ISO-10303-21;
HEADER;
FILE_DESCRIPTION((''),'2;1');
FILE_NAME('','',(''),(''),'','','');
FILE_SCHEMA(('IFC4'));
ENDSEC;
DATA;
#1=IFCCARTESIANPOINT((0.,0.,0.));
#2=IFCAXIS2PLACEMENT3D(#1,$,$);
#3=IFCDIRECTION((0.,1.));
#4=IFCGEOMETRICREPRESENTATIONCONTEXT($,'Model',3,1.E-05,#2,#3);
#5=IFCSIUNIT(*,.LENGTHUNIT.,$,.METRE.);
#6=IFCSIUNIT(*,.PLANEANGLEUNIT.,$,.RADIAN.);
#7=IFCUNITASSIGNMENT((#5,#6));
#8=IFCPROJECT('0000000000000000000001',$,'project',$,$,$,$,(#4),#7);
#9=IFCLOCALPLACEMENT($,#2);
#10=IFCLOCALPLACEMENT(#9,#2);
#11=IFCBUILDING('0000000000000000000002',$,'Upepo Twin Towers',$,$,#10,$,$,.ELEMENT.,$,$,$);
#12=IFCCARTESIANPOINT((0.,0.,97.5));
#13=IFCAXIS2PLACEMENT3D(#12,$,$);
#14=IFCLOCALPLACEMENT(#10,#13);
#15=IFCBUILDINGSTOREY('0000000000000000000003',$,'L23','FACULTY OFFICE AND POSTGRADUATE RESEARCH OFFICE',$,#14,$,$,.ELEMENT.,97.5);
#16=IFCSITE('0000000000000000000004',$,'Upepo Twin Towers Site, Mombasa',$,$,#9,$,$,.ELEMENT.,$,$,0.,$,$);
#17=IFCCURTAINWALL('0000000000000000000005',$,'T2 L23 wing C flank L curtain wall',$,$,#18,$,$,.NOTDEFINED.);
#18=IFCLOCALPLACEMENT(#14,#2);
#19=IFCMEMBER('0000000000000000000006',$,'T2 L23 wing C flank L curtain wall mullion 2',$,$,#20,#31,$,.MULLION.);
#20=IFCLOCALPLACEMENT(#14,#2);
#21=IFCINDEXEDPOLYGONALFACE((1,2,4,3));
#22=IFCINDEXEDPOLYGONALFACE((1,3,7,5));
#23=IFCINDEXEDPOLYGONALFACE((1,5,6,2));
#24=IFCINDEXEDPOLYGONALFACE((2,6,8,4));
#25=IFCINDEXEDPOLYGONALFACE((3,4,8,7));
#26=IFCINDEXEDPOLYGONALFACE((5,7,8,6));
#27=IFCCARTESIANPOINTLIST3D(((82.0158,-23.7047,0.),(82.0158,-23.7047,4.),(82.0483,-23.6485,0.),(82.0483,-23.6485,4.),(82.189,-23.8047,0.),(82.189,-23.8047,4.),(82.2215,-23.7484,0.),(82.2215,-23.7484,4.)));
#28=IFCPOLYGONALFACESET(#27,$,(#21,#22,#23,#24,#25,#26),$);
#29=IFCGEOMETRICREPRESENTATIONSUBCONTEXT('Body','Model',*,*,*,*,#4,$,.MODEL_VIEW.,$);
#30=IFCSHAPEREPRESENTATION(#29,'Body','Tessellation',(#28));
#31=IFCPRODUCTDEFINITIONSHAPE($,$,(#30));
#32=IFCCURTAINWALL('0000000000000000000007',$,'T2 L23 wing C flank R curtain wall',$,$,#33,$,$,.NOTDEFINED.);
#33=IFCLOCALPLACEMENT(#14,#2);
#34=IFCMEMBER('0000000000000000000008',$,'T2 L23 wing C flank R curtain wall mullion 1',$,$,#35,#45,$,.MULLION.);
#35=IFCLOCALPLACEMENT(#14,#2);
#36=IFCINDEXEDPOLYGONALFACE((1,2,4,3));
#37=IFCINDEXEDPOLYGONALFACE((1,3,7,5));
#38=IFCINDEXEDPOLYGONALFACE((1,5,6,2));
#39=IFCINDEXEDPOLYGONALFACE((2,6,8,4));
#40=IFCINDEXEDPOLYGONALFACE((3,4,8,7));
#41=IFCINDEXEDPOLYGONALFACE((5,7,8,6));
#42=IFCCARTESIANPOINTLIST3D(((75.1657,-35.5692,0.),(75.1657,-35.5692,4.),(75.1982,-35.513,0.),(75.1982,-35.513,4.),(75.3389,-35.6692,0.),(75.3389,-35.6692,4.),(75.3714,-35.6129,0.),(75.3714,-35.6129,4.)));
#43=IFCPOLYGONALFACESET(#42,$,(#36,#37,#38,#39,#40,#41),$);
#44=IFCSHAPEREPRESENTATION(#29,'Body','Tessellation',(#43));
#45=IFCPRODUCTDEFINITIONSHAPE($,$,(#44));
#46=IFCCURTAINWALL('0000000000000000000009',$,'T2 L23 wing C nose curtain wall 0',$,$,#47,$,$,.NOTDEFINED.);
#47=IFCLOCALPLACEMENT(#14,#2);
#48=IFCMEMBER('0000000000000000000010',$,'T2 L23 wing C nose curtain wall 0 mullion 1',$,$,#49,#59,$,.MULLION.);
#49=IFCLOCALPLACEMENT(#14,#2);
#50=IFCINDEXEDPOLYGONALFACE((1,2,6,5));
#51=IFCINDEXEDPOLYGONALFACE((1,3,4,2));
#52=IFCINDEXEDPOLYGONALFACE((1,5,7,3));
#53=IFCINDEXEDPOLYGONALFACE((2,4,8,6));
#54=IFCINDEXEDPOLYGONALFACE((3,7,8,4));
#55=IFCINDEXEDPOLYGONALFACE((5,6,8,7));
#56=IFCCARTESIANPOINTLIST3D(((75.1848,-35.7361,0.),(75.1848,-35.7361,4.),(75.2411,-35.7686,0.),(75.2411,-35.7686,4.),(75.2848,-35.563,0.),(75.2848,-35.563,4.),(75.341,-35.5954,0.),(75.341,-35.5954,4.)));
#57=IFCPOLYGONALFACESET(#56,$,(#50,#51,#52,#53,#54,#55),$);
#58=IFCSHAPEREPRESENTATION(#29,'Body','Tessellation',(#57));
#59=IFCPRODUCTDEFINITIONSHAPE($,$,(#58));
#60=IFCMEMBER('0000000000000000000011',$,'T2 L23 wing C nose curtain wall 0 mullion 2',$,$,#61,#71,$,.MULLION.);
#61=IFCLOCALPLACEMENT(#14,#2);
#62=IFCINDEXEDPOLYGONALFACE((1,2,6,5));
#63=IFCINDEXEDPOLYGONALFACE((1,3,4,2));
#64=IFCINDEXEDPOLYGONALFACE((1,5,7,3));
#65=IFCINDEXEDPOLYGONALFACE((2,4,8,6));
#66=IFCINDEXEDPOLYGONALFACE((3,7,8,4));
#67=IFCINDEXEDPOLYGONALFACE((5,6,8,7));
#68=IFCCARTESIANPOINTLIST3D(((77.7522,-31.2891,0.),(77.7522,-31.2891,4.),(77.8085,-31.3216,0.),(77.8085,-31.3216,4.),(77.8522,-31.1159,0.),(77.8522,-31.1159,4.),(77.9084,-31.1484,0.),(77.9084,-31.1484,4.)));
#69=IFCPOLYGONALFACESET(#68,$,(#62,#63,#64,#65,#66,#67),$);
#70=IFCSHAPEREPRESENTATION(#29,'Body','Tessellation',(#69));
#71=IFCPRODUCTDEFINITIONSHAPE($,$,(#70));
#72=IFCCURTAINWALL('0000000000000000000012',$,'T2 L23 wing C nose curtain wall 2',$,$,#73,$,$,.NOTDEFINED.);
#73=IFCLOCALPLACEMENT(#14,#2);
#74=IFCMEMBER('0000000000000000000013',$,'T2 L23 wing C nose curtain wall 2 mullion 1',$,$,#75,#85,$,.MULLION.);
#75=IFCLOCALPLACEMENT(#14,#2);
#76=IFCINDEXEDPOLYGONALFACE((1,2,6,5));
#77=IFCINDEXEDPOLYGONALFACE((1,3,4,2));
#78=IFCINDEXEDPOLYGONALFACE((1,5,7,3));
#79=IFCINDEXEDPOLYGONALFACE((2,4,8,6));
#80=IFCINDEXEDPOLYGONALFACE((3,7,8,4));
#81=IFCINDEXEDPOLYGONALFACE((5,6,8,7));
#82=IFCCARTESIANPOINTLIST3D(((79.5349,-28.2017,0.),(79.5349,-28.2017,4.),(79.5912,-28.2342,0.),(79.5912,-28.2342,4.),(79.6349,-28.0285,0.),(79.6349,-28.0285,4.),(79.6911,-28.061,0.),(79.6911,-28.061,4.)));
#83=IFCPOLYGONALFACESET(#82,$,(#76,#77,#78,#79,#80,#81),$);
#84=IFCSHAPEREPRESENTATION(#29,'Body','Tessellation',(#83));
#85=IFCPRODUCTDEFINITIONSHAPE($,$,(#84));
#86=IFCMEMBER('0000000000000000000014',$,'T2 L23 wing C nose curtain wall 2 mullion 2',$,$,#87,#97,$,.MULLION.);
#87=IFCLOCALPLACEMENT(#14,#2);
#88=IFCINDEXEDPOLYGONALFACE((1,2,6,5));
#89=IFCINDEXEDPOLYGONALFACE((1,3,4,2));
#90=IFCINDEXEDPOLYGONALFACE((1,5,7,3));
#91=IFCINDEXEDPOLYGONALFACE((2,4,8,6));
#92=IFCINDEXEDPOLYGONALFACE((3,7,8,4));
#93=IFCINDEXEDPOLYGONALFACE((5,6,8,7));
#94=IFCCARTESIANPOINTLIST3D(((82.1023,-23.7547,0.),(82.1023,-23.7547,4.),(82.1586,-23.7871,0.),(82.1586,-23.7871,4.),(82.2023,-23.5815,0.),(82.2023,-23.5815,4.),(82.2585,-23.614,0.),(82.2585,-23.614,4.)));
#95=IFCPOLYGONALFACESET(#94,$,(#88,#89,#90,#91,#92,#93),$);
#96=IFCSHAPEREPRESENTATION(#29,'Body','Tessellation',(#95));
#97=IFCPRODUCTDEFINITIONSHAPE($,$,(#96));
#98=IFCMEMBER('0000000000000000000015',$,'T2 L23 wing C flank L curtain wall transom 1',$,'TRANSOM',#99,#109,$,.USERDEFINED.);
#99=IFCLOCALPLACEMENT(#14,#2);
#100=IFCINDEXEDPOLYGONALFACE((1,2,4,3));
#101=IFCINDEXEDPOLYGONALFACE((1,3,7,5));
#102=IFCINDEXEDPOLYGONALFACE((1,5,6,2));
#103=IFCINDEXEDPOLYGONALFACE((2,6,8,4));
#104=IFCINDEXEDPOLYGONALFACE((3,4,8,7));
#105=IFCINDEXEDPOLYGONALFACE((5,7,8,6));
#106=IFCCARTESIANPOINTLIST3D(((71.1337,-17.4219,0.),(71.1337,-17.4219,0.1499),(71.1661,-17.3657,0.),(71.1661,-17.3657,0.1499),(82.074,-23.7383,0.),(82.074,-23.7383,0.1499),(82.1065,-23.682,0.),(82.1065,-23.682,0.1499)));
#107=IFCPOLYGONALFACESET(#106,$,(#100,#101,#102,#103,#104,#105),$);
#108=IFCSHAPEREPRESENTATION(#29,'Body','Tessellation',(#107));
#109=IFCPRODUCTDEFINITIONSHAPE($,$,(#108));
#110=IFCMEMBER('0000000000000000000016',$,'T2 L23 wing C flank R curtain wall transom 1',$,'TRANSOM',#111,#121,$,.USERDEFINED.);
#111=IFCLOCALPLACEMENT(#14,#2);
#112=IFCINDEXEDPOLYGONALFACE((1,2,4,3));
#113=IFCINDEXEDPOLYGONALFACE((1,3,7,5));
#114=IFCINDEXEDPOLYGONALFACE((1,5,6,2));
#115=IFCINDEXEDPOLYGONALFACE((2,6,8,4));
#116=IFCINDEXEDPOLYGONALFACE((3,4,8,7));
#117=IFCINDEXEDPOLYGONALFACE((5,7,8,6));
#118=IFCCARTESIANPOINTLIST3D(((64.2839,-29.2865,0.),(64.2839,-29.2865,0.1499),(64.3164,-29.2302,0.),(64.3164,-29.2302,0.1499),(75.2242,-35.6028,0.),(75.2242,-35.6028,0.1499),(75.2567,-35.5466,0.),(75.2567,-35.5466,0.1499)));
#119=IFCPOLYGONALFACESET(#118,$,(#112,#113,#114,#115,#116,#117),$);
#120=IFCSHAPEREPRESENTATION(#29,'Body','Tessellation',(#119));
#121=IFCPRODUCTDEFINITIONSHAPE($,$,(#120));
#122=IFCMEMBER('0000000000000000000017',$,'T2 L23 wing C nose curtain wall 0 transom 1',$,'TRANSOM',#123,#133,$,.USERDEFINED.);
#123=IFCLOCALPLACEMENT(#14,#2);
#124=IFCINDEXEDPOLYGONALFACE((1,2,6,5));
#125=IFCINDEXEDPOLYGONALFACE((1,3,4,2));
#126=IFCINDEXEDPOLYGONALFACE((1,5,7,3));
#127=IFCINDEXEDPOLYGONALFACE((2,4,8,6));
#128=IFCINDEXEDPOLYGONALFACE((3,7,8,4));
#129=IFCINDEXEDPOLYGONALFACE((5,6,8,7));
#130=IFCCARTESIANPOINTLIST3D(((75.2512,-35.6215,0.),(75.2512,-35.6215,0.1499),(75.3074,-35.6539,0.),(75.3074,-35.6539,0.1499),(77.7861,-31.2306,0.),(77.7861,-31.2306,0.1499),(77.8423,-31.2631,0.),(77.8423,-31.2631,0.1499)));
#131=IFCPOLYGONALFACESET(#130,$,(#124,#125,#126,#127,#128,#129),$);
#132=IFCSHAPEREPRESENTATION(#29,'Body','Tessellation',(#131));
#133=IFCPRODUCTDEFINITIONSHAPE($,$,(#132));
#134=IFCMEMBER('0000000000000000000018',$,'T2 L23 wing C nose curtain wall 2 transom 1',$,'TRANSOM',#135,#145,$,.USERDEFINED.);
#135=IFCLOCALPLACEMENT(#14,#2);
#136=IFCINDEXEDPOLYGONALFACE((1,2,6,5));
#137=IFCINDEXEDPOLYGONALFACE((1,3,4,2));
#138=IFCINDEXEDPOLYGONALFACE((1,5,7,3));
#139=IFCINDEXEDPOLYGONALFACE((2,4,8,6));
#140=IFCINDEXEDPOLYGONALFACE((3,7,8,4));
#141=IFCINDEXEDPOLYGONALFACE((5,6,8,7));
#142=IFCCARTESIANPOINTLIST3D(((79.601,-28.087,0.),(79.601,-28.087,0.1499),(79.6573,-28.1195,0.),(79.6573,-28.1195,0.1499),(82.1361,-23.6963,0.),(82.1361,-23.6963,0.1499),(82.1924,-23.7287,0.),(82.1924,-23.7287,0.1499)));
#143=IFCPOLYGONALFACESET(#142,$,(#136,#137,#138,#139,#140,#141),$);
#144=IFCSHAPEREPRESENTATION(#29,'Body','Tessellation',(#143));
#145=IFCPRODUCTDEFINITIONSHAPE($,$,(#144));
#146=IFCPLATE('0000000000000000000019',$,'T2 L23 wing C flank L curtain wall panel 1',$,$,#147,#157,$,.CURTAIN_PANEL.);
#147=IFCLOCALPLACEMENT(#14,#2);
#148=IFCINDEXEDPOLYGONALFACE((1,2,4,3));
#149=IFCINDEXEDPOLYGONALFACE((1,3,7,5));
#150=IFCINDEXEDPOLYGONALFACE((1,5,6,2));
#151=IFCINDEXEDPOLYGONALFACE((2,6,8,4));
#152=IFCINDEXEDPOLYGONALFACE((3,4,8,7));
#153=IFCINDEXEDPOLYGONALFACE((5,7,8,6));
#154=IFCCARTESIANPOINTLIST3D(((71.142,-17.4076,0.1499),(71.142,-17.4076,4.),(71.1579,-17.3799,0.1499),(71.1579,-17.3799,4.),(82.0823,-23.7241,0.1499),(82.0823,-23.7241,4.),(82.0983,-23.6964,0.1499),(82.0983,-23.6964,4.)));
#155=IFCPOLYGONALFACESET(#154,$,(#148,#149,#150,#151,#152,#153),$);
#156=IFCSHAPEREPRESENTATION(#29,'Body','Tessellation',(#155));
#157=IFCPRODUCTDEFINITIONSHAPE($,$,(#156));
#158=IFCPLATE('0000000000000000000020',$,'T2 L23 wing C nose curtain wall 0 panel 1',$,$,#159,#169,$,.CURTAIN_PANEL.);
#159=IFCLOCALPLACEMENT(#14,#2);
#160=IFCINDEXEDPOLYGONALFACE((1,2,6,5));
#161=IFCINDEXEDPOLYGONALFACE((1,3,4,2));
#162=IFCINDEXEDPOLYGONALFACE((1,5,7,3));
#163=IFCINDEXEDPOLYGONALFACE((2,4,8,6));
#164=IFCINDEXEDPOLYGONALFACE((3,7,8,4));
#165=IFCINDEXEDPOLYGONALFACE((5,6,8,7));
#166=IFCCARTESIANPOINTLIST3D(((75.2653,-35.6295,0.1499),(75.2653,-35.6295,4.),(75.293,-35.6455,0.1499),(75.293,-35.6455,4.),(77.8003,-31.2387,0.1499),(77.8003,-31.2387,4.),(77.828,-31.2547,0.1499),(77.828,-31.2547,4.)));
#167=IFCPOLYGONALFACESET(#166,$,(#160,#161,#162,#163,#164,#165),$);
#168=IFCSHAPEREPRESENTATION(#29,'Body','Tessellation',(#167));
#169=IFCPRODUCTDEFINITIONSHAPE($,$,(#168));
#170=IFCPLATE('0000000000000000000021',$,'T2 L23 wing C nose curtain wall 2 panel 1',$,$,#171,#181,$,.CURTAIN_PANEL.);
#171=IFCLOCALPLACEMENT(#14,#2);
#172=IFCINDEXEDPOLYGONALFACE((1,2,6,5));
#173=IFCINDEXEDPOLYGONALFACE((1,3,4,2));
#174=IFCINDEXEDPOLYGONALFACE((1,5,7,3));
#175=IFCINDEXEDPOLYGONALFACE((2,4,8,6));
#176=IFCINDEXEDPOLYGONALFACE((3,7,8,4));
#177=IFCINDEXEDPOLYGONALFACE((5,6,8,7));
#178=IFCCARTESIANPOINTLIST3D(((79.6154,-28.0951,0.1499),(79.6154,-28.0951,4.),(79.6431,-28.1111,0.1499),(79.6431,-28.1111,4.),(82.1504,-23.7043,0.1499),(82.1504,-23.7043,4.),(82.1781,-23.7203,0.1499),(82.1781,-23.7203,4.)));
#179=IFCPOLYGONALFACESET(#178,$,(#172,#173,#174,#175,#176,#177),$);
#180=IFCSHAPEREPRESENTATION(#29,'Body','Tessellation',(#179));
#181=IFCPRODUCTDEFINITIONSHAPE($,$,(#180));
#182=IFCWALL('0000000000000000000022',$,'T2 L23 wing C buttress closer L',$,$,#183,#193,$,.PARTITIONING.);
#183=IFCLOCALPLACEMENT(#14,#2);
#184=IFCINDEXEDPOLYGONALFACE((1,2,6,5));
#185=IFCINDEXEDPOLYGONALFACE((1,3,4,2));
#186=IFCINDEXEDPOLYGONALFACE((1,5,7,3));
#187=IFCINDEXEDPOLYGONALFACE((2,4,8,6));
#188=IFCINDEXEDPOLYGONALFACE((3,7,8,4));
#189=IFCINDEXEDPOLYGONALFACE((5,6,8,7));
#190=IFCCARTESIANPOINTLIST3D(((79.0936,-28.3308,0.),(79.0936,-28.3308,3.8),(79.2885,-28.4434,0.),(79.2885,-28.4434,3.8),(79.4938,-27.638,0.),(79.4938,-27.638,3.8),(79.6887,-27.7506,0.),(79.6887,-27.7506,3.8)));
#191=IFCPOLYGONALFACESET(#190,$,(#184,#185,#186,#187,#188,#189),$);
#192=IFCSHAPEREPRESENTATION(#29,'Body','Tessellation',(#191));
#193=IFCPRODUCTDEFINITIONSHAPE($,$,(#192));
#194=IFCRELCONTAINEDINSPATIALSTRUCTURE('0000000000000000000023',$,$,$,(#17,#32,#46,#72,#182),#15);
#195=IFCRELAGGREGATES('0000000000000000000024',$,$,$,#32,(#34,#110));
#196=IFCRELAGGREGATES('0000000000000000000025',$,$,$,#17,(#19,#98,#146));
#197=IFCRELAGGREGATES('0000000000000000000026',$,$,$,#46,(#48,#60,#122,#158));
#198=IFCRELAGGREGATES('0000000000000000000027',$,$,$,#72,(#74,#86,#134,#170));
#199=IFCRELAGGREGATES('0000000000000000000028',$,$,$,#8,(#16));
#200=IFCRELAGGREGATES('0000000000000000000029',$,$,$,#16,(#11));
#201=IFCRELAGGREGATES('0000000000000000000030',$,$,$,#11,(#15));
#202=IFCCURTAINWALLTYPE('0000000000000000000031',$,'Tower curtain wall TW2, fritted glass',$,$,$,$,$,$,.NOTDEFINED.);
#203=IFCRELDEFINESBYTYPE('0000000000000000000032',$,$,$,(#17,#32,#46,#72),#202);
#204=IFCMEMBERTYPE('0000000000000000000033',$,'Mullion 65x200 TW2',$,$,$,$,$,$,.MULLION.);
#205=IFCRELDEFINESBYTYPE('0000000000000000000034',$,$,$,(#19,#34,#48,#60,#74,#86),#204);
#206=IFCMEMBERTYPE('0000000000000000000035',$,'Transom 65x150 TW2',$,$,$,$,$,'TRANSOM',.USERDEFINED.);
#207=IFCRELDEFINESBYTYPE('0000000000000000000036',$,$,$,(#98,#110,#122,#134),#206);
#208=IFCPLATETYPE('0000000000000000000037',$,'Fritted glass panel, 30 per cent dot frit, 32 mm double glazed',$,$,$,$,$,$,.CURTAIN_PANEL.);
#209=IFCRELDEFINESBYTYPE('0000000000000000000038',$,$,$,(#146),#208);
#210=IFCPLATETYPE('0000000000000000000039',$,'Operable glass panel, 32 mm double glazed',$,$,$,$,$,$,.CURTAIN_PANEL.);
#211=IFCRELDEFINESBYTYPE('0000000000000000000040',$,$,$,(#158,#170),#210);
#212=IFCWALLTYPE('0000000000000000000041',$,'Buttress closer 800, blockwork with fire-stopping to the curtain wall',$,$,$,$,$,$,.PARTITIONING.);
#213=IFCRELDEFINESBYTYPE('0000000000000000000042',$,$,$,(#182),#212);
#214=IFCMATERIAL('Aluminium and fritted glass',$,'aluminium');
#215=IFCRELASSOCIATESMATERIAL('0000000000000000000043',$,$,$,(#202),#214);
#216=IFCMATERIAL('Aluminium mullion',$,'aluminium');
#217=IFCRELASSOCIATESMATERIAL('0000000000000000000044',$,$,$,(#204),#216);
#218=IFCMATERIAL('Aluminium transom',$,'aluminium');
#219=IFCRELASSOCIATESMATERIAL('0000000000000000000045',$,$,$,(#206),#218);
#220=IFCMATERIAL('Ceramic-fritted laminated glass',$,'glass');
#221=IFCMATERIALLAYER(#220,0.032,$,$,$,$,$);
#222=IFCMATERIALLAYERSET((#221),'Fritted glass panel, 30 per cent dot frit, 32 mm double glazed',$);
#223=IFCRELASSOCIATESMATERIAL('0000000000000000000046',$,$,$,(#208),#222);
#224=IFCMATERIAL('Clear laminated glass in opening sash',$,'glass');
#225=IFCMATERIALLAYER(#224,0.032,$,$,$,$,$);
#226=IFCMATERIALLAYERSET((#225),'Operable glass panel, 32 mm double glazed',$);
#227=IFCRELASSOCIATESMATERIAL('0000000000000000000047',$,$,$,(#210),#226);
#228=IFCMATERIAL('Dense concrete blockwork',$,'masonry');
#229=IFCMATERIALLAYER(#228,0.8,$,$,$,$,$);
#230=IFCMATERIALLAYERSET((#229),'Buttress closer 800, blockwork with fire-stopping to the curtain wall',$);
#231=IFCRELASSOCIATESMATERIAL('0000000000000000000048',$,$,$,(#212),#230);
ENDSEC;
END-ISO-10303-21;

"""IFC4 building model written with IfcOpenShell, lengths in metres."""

from ifc_helpers import new_model, si_unit, direction, frame, frame_2d, origin, origin_2d, place, context, subcontext, project, spatial, rectangle, extrude, material, layer, layer_set, material_profile, profile_set, type_object, element, aggregate, save


model = new_model("IFC4")

# Units and contexts
model_context = context("Model", 3, precision=1e-05, world=origin(), true_north=direction((0.0, 1.0)))
body_context = subcontext(model_context, "Body", "Model", "MODEL_VIEW")
ifc_project = project(units=[si_unit("LENGTHUNIT", "METRE"), si_unit("PLANEANGLEUNIT", "RADIAN")], contexts=[model_context])

# Site, building, storey
site_placement = place(None, origin())
site = spatial("IfcSite", under=ifc_project, at=site_placement, Name="Upepo Twin Towers Site, Mombasa", CompositionType="ELEMENT", RefElevation=0.0)
building_placement = place(site_placement, origin())
building = spatial("IfcBuilding", under=site, at=building_placement, Name="Upepo Twin Towers", CompositionType="ELEMENT")
storey_placement = place(building_placement, frame((0.0, 0.0, 97.5)))
storey = spatial("IfcBuildingStorey", under=building, at=storey_placement, Name="L23", Description="FACULTY OFFICE AND POSTGRADUATE RESEARCH OFFICE", CompositionType="ELEMENT", Elevation=97.5)

# Curtain walls, members
ifc_material_1 = material(Name="Aluminium and fritted glass", Category="aluminium")
curtain_wall_type = type_object("IfcCurtainWallType", Name="Tower curtain wall TW2, fritted glass", PredefinedType="NOTDEFINED", material=ifc_material_1)
curtain_wall_1_placement = place(storey_placement, origin())
curtain_wall_1 = element("IfcCurtainWall", 1, at=curtain_wall_1_placement, inside=storey, type_object=curtain_wall_type, Name="T2 L23 wing C flank L curtain wall", PredefinedType="NOTDEFINED")
ifc_material_2 = material(Name="Aluminium mullion", Category="aluminium")
ifc_material_profile_1 = material_profile(ifc_material_2, rectangle(XDim=0.0649, YDim=0.2, at=origin_2d()), Name="MULLION 65x200")
ifc_profile_set_1 = profile_set([ifc_material_profile_1], Name="Aluminium mullion")
member_type_1 = type_object("IfcMemberType", Name="Mullion 65x200 TW2", PredefinedType="MULLION", material=ifc_profile_set_1)
member_1_placement = place(storey_placement, frame((82.1187, -23.7266, 0.0), z_axis=(0.0, 0.0, 1.0), x_axis=(0.5, 0.866025, 0.0)))
member_1 = element("IfcMember", 2, at=member_1_placement, type_object=member_type_1, Name="T2 L23 wing C flank L curtain wall mullion 2", PredefinedType="MULLION", context=body_context, shape_type="SweptSolid", body=[
    extrude(rectangle(XDim=0.0649, YDim=0.2, at=origin_2d()), origin(), (0.0, 0.0, 1.0), 4.0),
])
curtain_wall_2_placement = place(storey_placement, origin())
curtain_wall_2 = element("IfcCurtainWall", 3, at=curtain_wall_2_placement, inside=storey, type_object=curtain_wall_type, Name="T2 L23 wing C flank R curtain wall", PredefinedType="NOTDEFINED")
member_2_placement = place(storey_placement, frame((75.2686, -35.5911, 0.0), z_axis=(0.0, 0.0, 1.0), x_axis=(-0.5, -0.866025, 0.0)))
member_2 = element("IfcMember", 4, at=member_2_placement, type_object=member_type_1, Name="T2 L23 wing C flank R curtain wall mullion 1", PredefinedType="MULLION", context=body_context, shape_type="SweptSolid", body=[
    extrude(rectangle(XDim=0.0649, YDim=0.2, at=origin_2d()), origin(), (0.0, 0.0, 1.0), 4.0),
])

# Curtain walls, members
curtain_wall_3_placement = place(storey_placement, origin())
curtain_wall_3 = element("IfcCurtainWall", 5, at=curtain_wall_3_placement, inside=storey, type_object=curtain_wall_type, Name="T2 L23 wing C nose curtain wall 0", PredefinedType="NOTDEFINED")
member_3_placement = place(storey_placement, frame((75.2629, -35.6658, 0.0), z_axis=(0.0, 0.0, 1.0), x_axis=(-0.866025, 0.5, 0.0)))
member_3 = element("IfcMember", 6, at=member_3_placement, type_object=member_type_1, Name="T2 L23 wing C nose curtain wall 0 mullion 1", PredefinedType="MULLION", context=body_context, shape_type="SweptSolid", body=[
    extrude(rectangle(XDim=0.0649, YDim=0.2, at=origin_2d()), origin(), (0.0, 0.0, 1.0), 4.0),
])
member_4_placement = place(storey_placement, frame((77.8303, -31.2188, 0.0), z_axis=(0.0, 0.0, 1.0), x_axis=(-0.866025, 0.5, 0.0)))
member_4 = element("IfcMember", 7, at=member_4_placement, type_object=member_type_1, Name="T2 L23 wing C nose curtain wall 0 mullion 2", PredefinedType="MULLION", context=body_context, shape_type="SweptSolid", body=[
    extrude(rectangle(XDim=0.0649, YDim=0.2, at=origin_2d()), origin(), (0.0, 0.0, 1.0), 4.0),
])
curtain_wall_4_placement = place(storey_placement, origin())
curtain_wall_4 = element("IfcCurtainWall", 8, at=curtain_wall_4_placement, inside=storey, type_object=curtain_wall_type, Name="T2 L23 wing C nose curtain wall 2", PredefinedType="NOTDEFINED")
member_5_placement = place(storey_placement, frame((79.613, -28.1313, 0.0), z_axis=(0.0, 0.0, 1.0), x_axis=(-0.866025, 0.5, 0.0)))
member_5 = element("IfcMember", 9, at=member_5_placement, type_object=member_type_1, Name="T2 L23 wing C nose curtain wall 2 mullion 1", PredefinedType="MULLION", context=body_context, shape_type="SweptSolid", body=[
    extrude(rectangle(XDim=0.0649, YDim=0.2, at=origin_2d()), origin(), (0.0, 0.0, 1.0), 4.0),
])
member_6_placement = place(storey_placement, frame((82.1804, -23.6843, 0.0), z_axis=(0.0, 0.0, 1.0), x_axis=(-0.866025, 0.5, 0.0)))
member_6 = element("IfcMember", 10, at=member_6_placement, type_object=member_type_1, Name="T2 L23 wing C nose curtain wall 2 mullion 2", PredefinedType="MULLION", context=body_context, shape_type="SweptSolid", body=[
    extrude(rectangle(XDim=0.0649, YDim=0.2, at=origin_2d()), origin(), (0.0, 0.0, 1.0), 4.0),
])

# Members
ifc_material_3 = material(Name="Aluminium transom", Category="aluminium")
ifc_material_profile_2 = material_profile(ifc_material_3, rectangle(XDim=0.0649, YDim=0.1499, at=origin_2d()), Name="TRANSOM 65x150")
ifc_profile_set_2 = profile_set([ifc_material_profile_2], Name="Aluminium transom")
member_type_2 = type_object("IfcMemberType", Name="Transom 65x150 TW2", ElementType="TRANSOM", PredefinedType="USERDEFINED", material=ifc_profile_set_2)
member_7_placement = place(storey_placement, frame((71.1499, -17.3938, 0.075), z_axis=(0.866027, -0.499997, 0.0), x_axis=(0.499997, 0.866027, 0.0)))
member_7 = element("IfcMember", 11, at=member_7_placement, type_object=member_type_2, Name="T2 L23 wing C flank L curtain wall transom 1", ObjectType="TRANSOM", PredefinedType="USERDEFINED", context=body_context, shape_type="SweptSolid", body=[
    extrude(rectangle(XDim=0.0649, YDim=0.1499, at=origin_2d()), origin(), (0.0, 0.0, 1.0), 12.6328),
])
member_8_placement = place(storey_placement, frame((75.2405, -35.5747, 0.075), z_axis=(-0.866027, 0.499997, 0.0), x_axis=(-0.499997, -0.866027, 0.0)))
member_8 = element("IfcMember", 12, at=member_8_placement, type_object=member_type_2, Name="T2 L23 wing C flank R curtain wall transom 1", ObjectType="TRANSOM", PredefinedType="USERDEFINED", context=body_context, shape_type="SweptSolid", body=[
    extrude(rectangle(XDim=0.0649, YDim=0.1499, at=origin_2d()), origin(), (0.0, 0.0, 1.0), 12.6328),
])
aggregate(curtain_wall_2, [member_2, member_8])
member_9_placement = place(storey_placement, frame((75.2793, -35.6377, 0.075), z_axis=(0.499977, 0.866039, 0.0), x_axis=(-0.866039, 0.499977, 0.0)))
member_9 = element("IfcMember", 13, at=member_9_placement, type_object=member_type_2, Name="T2 L23 wing C nose curtain wall 0 transom 1", ObjectType="TRANSOM", PredefinedType="USERDEFINED", context=body_context, shape_type="SweptSolid", body=[
    extrude(rectangle(XDim=0.0649, YDim=0.1499, at=origin_2d()), origin(), (0.0, 0.0, 1.0), 5.0701),
])
member_10_placement = place(storey_placement, frame((79.6292, -28.1033, 0.075), z_axis=(0.500013, 0.866018, 0.0), x_axis=(-0.866018, 0.500013, 0.0)))
member_10 = element("IfcMember", 14, at=member_10_placement, type_object=member_type_2, Name="T2 L23 wing C nose curtain wall 2 transom 1", ObjectType="TRANSOM", PredefinedType="USERDEFINED", context=body_context, shape_type="SweptSolid", body=[
    extrude(rectangle(XDim=0.0649, YDim=0.1499, at=origin_2d()), origin(), (0.0, 0.0, 1.0), 5.0701),
])

# Plates
ifc_material_4 = material(Name="Ceramic-fritted laminated glass", Category="glass")
ifc_layer_1 = layer(ifc_material_4, 0.032)
ifc_layer_set_1 = layer_set([ifc_layer_1], Name="Fritted glass panel, 30 per cent dot frit, 32 mm double glazed")
plate_type_1 = type_object("IfcPlateType", Name="Fritted glass panel, 30 per cent dot frit, 32 mm double glazed", PredefinedType="CURTAIN_PANEL", material=ifc_layer_set_1)
plate_1_placement = place(storey_placement, frame((76.6201, -20.552, 0.1499), z_axis=(0.0, 0.0, 1.0), x_axis=(0.866025, -0.5, 0.0)))
plate_1 = element("IfcPlate", 15, at=plate_1_placement, type_object=plate_type_1, Name="T2 L23 wing C flank L curtain wall panel 1", PredefinedType="CURTAIN_PANEL", context=body_context, shape_type="SweptSolid", body=[
    extrude(rectangle(XDim=12.6328, YDim=0.032, at=origin_2d()), origin(), (0.0, 0.0, 1.0), 3.8501),
])
aggregate(curtain_wall_1, [member_1, member_7, plate_1])
ifc_material_5 = material(Name="Clear laminated glass in opening sash", Category="glass")
ifc_layer_2 = layer(ifc_material_5, 0.032)
ifc_layer_set_2 = layer_set([ifc_layer_2], Name="Operable glass panel, 32 mm double glazed")
plate_type_2 = type_object("IfcPlateType", Name="Operable glass panel, 32 mm double glazed", PredefinedType="CURTAIN_PANEL", material=ifc_layer_set_2)
plate_2_placement = place(storey_placement, frame((76.5466, -33.4421, 0.1499), z_axis=(0.0, 0.0, 1.0), x_axis=(0.5, 0.866025, 0.0)))
plate_2 = element("IfcPlate", 16, at=plate_2_placement, type_object=plate_type_2, Name="T2 L23 wing C nose curtain wall 0 panel 1", PredefinedType="CURTAIN_PANEL", context=body_context, shape_type="SweptSolid", body=[
    extrude(rectangle(XDim=5.0701, YDim=0.032, at=origin_2d()), origin(), (0.0, 0.0, 1.0), 3.8501),
])
aggregate(curtain_wall_3, [member_3, member_4, member_9, plate_2])
plate_3_placement = place(storey_placement, frame((80.8967, -25.9077, 0.1499), z_axis=(0.0, 0.0, 1.0), x_axis=(0.5, 0.866025, 0.0)))
plate_3 = element("IfcPlate", 17, at=plate_3_placement, type_object=plate_type_2, Name="T2 L23 wing C nose curtain wall 2 panel 1", PredefinedType="CURTAIN_PANEL", context=body_context, shape_type="SweptSolid", body=[
    extrude(rectangle(XDim=5.0701, YDim=0.032, at=origin_2d()), origin(), (0.0, 0.0, 1.0), 3.8501),
])
aggregate(curtain_wall_4, [member_5, member_6, member_10, plate_3])

# Wall
ifc_material_6 = material(Name="Dense concrete blockwork", Category="masonry")
ifc_layer_3 = layer(ifc_material_6, 0.8)
ifc_layer_set_3 = layer_set([ifc_layer_3], Name="Buttress closer 800, blockwork with fire-stopping to the curtain wall")
wall_type_1 = type_object("IfcWallType", Name="Buttress closer 800, blockwork with fire-stopping to the curtain wall", PredefinedType="PARTITIONING", material=ifc_layer_set_3)
wall_1_placement = place(storey_placement, frame((79.2937, -27.9844, 0.0), z_axis=(0.0, 0.0, 1.0), x_axis=(0.865896, -0.500223, 0.0)))
element("IfcWall", 18, at=wall_1_placement, inside=storey, type_object=wall_type_1, Name="T2 L23 wing C buttress closer L", PredefinedType="PARTITIONING", context=body_context, shape_type="SweptSolid", body=[
    extrude(rectangle(XDim=0.2251, YDim=0.8, at=frame_2d((0.1125, 0.0))), origin(), (0.0, 0.0, 1.0), 3.8),
])

save(model, "model.ifc")
